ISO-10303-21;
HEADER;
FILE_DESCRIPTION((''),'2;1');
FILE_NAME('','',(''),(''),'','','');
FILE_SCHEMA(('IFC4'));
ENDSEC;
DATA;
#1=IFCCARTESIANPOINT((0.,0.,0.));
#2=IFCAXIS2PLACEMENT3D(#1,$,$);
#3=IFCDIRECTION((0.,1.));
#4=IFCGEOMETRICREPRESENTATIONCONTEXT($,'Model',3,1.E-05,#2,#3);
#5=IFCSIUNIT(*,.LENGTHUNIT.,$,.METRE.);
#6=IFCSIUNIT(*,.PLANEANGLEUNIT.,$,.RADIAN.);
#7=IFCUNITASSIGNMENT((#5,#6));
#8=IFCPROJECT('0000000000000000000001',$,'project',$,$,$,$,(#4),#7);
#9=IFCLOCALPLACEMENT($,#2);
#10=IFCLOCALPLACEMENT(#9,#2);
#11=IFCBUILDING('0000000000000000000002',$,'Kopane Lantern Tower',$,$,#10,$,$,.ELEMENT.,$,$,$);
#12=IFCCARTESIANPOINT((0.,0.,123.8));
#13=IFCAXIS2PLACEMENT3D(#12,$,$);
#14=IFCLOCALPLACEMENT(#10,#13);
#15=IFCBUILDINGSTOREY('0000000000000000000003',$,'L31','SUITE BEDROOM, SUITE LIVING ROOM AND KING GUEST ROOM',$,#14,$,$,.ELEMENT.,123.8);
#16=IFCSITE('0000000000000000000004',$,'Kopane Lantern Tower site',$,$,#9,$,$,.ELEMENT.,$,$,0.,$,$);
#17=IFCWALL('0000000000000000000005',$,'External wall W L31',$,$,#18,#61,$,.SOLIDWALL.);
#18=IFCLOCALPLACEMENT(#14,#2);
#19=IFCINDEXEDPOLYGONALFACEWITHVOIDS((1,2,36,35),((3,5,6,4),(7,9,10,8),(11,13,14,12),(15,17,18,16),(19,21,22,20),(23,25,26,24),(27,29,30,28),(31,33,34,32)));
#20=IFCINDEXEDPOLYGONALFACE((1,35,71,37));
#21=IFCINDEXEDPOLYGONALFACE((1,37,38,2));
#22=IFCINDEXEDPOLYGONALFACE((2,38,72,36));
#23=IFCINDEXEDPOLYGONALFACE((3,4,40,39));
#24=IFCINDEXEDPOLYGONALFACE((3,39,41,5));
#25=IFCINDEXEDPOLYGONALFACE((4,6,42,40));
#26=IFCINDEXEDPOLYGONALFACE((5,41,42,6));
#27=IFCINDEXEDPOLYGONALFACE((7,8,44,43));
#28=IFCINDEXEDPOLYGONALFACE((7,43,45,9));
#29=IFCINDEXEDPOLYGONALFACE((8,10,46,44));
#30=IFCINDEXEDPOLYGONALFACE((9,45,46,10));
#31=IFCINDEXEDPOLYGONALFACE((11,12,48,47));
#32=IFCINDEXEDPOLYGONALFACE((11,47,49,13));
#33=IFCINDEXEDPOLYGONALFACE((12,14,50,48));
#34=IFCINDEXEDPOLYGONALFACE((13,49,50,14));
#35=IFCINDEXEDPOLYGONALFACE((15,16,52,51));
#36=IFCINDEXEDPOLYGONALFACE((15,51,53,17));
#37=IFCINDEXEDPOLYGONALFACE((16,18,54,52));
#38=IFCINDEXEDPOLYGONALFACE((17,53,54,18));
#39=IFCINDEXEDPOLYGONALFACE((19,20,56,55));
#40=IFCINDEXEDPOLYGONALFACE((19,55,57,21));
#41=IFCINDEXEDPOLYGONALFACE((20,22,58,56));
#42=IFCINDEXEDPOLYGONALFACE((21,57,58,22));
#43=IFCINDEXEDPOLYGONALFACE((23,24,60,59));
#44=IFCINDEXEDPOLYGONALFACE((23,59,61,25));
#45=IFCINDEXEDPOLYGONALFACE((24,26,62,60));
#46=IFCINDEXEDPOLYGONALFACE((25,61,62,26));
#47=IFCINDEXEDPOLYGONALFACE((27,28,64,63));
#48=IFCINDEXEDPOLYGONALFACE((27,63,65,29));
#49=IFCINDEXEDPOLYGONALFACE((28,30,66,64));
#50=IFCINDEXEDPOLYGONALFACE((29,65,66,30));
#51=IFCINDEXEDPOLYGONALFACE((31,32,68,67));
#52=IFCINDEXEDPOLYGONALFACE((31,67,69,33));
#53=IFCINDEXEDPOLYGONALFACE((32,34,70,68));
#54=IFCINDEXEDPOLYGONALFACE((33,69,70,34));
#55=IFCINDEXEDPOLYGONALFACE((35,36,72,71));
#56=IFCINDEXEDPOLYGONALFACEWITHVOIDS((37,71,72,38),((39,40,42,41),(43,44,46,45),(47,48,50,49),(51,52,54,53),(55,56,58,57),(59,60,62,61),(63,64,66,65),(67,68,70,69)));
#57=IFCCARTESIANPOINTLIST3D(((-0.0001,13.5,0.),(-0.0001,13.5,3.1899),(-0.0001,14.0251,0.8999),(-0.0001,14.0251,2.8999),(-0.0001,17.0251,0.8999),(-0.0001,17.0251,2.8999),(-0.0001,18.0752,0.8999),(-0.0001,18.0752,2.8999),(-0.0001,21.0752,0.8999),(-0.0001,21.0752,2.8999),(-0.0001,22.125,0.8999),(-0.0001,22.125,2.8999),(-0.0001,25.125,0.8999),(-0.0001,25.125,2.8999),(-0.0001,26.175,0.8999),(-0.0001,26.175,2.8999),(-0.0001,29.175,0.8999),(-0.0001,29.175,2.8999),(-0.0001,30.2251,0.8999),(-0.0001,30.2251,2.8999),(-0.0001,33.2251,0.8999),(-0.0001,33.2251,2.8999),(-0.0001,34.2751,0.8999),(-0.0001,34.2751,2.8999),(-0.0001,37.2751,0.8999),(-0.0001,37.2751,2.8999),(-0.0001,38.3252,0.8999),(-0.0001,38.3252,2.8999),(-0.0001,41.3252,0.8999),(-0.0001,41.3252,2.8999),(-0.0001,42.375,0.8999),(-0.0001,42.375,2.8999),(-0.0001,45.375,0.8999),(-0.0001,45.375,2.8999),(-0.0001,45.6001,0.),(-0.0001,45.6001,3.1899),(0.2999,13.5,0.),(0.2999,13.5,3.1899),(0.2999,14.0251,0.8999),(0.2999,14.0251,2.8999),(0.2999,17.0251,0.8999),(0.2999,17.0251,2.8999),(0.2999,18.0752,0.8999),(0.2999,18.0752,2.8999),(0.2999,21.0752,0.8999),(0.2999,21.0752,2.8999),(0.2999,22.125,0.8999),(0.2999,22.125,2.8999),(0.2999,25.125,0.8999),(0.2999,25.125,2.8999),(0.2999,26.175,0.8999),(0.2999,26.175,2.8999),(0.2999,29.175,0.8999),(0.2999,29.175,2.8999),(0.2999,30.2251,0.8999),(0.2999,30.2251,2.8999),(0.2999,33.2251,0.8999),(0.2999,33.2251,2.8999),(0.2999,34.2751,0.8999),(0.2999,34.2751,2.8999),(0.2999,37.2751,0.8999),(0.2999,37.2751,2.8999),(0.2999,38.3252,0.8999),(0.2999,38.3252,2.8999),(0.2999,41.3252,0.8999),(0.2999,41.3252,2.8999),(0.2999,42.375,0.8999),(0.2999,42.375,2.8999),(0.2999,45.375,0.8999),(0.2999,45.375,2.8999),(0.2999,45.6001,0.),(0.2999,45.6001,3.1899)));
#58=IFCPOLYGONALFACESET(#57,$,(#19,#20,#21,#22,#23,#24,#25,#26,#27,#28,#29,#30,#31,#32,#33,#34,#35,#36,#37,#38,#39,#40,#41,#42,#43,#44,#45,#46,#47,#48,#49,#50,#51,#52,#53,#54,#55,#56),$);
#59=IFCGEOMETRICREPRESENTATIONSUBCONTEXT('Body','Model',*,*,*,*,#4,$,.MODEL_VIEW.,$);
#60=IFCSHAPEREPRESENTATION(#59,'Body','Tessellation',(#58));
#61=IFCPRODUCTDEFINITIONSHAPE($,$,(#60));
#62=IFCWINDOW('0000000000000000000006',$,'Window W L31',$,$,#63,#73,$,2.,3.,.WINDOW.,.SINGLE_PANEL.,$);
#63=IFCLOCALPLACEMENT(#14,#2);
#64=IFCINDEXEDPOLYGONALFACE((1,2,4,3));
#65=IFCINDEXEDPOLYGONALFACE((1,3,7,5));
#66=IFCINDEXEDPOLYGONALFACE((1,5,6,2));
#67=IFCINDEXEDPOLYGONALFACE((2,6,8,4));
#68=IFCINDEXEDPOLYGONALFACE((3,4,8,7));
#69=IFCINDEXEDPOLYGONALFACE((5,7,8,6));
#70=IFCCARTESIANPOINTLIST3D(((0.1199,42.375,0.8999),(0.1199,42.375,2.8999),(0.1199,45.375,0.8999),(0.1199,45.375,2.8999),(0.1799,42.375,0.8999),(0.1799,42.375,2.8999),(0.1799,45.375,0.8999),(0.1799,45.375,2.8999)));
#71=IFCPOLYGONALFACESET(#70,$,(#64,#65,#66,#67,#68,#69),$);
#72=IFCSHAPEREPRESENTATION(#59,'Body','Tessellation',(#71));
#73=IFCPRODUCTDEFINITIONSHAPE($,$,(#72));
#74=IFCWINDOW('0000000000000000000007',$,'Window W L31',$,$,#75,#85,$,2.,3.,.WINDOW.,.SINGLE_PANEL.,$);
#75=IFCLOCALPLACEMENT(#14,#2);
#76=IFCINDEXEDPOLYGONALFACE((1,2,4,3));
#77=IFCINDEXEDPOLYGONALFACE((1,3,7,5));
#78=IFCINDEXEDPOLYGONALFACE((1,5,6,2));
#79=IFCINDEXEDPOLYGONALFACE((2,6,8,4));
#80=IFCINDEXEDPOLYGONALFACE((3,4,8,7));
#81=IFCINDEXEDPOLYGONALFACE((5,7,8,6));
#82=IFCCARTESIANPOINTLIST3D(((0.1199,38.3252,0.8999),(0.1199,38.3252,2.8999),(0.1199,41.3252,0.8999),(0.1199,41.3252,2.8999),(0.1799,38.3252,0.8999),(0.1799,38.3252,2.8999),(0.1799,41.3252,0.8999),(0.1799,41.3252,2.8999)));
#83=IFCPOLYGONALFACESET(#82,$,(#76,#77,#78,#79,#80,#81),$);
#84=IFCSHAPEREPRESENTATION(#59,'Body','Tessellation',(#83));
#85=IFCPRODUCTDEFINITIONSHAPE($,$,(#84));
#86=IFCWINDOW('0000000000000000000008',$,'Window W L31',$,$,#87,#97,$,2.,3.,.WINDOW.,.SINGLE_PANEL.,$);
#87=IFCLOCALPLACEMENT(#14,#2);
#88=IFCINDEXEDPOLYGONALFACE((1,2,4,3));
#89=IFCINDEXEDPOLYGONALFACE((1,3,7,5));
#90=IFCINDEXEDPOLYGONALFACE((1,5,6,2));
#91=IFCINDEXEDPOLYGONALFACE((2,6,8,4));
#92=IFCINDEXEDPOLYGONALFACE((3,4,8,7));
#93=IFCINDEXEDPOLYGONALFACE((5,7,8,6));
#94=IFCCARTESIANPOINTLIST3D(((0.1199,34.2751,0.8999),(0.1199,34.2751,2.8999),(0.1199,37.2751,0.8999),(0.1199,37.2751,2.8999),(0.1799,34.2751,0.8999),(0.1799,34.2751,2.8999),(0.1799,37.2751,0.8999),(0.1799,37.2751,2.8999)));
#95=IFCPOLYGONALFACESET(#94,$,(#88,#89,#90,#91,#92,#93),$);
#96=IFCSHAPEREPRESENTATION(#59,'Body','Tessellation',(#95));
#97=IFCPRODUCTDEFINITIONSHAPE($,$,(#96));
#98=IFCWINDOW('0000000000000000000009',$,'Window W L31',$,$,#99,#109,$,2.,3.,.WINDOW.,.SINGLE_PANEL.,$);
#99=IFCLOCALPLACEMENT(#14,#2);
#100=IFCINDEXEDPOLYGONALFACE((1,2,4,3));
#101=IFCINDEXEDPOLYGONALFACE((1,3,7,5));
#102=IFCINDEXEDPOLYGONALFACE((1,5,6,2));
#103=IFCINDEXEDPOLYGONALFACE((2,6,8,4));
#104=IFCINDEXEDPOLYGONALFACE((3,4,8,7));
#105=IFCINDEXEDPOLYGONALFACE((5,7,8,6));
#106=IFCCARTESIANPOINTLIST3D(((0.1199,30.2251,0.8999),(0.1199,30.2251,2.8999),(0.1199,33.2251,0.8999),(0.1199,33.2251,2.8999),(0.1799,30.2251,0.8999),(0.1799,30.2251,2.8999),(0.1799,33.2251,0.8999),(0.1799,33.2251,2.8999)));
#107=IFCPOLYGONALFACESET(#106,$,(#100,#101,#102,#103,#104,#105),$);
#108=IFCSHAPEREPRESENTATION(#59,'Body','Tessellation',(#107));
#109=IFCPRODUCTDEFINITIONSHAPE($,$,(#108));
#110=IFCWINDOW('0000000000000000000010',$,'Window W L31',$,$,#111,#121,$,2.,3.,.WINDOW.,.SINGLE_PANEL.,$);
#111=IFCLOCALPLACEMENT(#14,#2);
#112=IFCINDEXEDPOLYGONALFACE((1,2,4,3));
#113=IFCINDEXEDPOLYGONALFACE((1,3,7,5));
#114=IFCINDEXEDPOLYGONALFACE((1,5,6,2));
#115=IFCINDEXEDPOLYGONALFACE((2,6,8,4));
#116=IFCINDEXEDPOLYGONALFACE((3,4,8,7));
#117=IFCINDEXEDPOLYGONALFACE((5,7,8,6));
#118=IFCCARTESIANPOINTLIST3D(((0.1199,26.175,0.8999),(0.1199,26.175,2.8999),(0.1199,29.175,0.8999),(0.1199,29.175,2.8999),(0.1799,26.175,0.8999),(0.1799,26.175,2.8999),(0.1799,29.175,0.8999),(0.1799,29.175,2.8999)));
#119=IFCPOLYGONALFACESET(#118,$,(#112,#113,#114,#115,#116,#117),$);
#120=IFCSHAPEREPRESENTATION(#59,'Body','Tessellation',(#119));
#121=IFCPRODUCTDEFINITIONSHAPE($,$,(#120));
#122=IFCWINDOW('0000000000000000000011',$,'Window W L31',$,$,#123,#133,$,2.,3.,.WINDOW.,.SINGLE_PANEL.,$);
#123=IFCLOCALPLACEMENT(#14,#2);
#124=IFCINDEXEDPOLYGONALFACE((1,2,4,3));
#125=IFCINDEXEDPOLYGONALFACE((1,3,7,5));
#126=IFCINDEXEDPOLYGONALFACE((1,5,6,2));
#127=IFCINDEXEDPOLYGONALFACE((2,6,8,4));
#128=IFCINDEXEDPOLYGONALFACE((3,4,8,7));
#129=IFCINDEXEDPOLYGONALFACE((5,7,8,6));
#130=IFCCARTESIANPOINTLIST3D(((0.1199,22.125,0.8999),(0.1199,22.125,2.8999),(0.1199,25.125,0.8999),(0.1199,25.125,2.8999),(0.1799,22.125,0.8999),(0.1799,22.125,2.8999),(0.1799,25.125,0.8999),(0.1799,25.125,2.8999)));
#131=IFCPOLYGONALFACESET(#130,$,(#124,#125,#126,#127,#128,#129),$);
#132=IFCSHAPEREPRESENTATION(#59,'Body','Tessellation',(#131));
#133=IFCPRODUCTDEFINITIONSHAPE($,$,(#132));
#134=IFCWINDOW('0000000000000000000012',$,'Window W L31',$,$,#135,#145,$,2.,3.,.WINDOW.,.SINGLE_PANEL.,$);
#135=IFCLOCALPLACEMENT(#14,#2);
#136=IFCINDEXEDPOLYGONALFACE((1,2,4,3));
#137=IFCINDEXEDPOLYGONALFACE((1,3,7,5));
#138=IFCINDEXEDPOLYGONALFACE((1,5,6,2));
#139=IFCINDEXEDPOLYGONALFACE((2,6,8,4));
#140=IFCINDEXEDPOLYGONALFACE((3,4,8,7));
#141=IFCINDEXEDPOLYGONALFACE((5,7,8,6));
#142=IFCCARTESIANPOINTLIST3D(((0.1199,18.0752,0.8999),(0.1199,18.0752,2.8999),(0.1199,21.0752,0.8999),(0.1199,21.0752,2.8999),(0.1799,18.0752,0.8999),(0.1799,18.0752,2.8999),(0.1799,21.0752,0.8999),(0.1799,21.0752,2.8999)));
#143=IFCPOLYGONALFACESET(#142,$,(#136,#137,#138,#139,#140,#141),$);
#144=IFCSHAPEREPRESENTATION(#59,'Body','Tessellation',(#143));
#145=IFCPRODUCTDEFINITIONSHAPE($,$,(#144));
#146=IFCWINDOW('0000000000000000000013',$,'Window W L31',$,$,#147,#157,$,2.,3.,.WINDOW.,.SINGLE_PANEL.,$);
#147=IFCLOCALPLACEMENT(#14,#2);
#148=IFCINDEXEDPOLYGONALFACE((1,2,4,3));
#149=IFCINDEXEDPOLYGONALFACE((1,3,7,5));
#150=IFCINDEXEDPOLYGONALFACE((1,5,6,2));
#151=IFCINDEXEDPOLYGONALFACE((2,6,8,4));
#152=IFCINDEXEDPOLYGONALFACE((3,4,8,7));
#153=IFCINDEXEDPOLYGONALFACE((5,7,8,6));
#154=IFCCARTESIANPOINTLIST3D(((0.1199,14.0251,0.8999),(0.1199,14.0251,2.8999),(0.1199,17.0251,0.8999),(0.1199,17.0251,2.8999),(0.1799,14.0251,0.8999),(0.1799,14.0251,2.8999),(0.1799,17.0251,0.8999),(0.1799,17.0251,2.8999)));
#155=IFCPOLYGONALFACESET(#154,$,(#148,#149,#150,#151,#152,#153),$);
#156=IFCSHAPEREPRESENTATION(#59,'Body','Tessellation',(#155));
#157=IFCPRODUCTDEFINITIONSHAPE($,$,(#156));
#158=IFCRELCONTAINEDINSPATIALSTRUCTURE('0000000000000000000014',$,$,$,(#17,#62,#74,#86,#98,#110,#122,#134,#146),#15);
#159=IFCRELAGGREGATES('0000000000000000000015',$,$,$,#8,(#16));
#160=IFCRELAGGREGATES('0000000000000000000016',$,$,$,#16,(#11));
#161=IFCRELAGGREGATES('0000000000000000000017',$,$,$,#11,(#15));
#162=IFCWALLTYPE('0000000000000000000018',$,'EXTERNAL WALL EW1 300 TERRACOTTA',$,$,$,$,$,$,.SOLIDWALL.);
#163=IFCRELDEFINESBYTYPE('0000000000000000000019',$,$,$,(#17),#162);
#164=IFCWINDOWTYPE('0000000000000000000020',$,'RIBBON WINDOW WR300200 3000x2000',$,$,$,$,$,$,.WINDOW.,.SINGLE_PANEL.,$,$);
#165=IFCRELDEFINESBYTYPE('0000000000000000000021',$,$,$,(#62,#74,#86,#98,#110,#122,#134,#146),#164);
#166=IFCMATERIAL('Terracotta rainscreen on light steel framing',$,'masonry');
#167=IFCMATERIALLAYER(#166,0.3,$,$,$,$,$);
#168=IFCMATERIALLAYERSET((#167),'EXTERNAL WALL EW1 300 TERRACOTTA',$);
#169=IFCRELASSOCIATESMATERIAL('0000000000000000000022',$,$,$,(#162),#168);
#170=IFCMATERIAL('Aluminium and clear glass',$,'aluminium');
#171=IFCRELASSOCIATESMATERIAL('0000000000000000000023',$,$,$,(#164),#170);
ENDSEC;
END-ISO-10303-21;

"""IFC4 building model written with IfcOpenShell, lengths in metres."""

from ifc_helpers import new_model, si_unit, direction, frame, frame_2d, origin, place, context, subcontext, project, spatial, rectangle, extrude, material, layer, layer_set, type_object, element, fill, save


model = new_model("IFC4")

# Units and contexts
model_context = context("Model", 3, precision=1e-05, world=origin(), true_north=direction((0.0, 1.0)))
body_context = subcontext(model_context, "Body", "Model", "MODEL_VIEW")
ifc_project = project(units=[si_unit("LENGTHUNIT", "METRE"), si_unit("PLANEANGLEUNIT", "RADIAN")], contexts=[model_context])

# Site, building, storey
site_placement = place(None, origin())
site = spatial("IfcSite", under=ifc_project, at=site_placement, Name="Kopane Lantern Tower site", CompositionType="ELEMENT", RefElevation=0.0)
building_placement = place(site_placement, origin())
building = spatial("IfcBuilding", under=site, at=building_placement, Name="Kopane Lantern Tower", CompositionType="ELEMENT")
storey_placement = place(building_placement, frame((0.0, 0.0, 123.8)))
storey = spatial("IfcBuildingStorey", under=building, at=storey_placement, Name="L31", Description="SUITE BEDROOM, SUITE LIVING ROOM AND KING GUEST ROOM", CompositionType="ELEMENT", Elevation=123.8)

# Shared definitions
ifc_material_1 = material(Name="Terracotta rainscreen on light steel framing", Category="masonry")
ifc_layer_1 = layer(ifc_material_1, 0.3)
ifc_layer_set_1 = layer_set([ifc_layer_1], Name="EXTERNAL WALL EW1 300 TERRACOTTA")
wall_type_1 = type_object("IfcWallType", Name="EXTERNAL WALL EW1 300 TERRACOTTA", PredefinedType="SOLIDWALL", material=ifc_layer_set_1)

# Wall, openings, windows
wall_1_placement = place(storey_placement, frame((0.1499, 45.6001, 0.0), z_axis=(0.0, 0.0, 1.0), x_axis=(0.0, -1.0, 0.0)))
wall_1 = element("IfcWall", 1, at=wall_1_placement, inside=storey, type_object=wall_type_1, Name="External wall W L31", PredefinedType="SOLIDWALL", context=body_context, shape_type="SweptSolid", body=[
    extrude(rectangle(XDim=32.1001, YDim=0.3, at=frame_2d((16.05, 0.0))), origin(), (0.0, 0.0, 1.0), 3.1899),
])
opening_1_placement = place(wall_1_placement, frame((0.2251, 0.0, 0.8999)))
opening_1 = element("IfcOpeningElement", 2, at=opening_1_placement, cuts=wall_1, PredefinedType="OPENING", context=body_context, shape_type="SweptSolid", body=[
    extrude(rectangle(XDim=3.0, YDim=2.0, at=frame_2d((1.5, 1.0))), frame((0.0, 0.1599, 0.0), z_axis=(0.0, -1.0, 0.0), x_axis=(1.0, 0.0, 0.0)), (0.0, 0.0, 1.0), 0.3201),
])
opening_2_placement = place(wall_1_placement, frame((4.2749, 0.0, 0.8999)))
opening_2 = element("IfcOpeningElement", 3, at=opening_2_placement, cuts=wall_1, PredefinedType="OPENING", context=body_context, shape_type="SweptSolid", body=[
    extrude(rectangle(XDim=3.0, YDim=2.0, at=frame_2d((1.5, 1.0))), frame((0.0, 0.1599, 0.0), z_axis=(0.0, -1.0, 0.0), x_axis=(1.0, 0.0, 0.0)), (0.0, 0.0, 1.0), 0.3201),
])
opening_3_placement = place(wall_1_placement, frame((8.325, 0.0, 0.8999)))
opening_3 = element("IfcOpeningElement", 4, at=opening_3_placement, cuts=wall_1, PredefinedType="OPENING", context=body_context, shape_type="SweptSolid", body=[
    extrude(rectangle(XDim=3.0, YDim=2.0, at=frame_2d((1.5, 1.0))), frame((0.0, 0.1599, 0.0), z_axis=(0.0, -1.0, 0.0), x_axis=(1.0, 0.0, 0.0)), (0.0, 0.0, 1.0), 0.3201),
])
opening_4_placement = place(wall_1_placement, frame((12.375, 0.0, 0.8999)))
opening_4 = element("IfcOpeningElement", 5, at=opening_4_placement, cuts=wall_1, PredefinedType="OPENING", context=body_context, shape_type="SweptSolid", body=[
    extrude(rectangle(XDim=3.0, YDim=2.0, at=frame_2d((1.5, 1.0))), frame((0.0, 0.1599, 0.0), z_axis=(0.0, -1.0, 0.0), x_axis=(1.0, 0.0, 0.0)), (0.0, 0.0, 1.0), 0.3201),
])
opening_5_placement = place(wall_1_placement, frame((16.425, 0.0, 0.8999)))
opening_5 = element("IfcOpeningElement", 6, at=opening_5_placement, cuts=wall_1, PredefinedType="OPENING", context=body_context, shape_type="SweptSolid", body=[
    extrude(rectangle(XDim=3.0, YDim=2.0, at=frame_2d((1.5, 1.0))), frame((0.0, 0.1599, 0.0), z_axis=(0.0, -1.0, 0.0), x_axis=(1.0, 0.0, 0.0)), (0.0, 0.0, 1.0), 0.3201),
])
opening_6_placement = place(wall_1_placement, frame((20.4751, 0.0, 0.8999)))
opening_6 = element("IfcOpeningElement", 7, at=opening_6_placement, cuts=wall_1, PredefinedType="OPENING", context=body_context, shape_type="SweptSolid", body=[
    extrude(rectangle(XDim=3.0, YDim=2.0, at=frame_2d((1.5, 1.0))), frame((0.0, 0.1599, 0.0), z_axis=(0.0, -1.0, 0.0), x_axis=(1.0, 0.0, 0.0)), (0.0, 0.0, 1.0), 0.3201),
])
opening_7_placement = place(wall_1_placement, frame((24.5249, 0.0, 0.8999)))
opening_7 = element("IfcOpeningElement", 8, at=opening_7_placement, cuts=wall_1, PredefinedType="OPENING", context=body_context, shape_type="SweptSolid", body=[
    extrude(rectangle(XDim=3.0, YDim=2.0, at=frame_2d((1.5, 1.0))), frame((0.0, 0.1599, 0.0), z_axis=(0.0, -1.0, 0.0), x_axis=(1.0, 0.0, 0.0)), (0.0, 0.0, 1.0), 0.3201),
])
opening_8_placement = place(wall_1_placement, frame((28.575, 0.0, 0.8999)))
opening_8 = element("IfcOpeningElement", 9, at=opening_8_placement, cuts=wall_1, PredefinedType="OPENING", context=body_context, shape_type="SweptSolid", body=[
    extrude(rectangle(XDim=3.0, YDim=2.0, at=frame_2d((1.5, 1.0))), frame((0.0, 0.1599, 0.0), z_axis=(0.0, -1.0, 0.0), x_axis=(1.0, 0.0, 0.0)), (0.0, 0.0, 1.0), 0.3201),
])
ifc_material_2 = material(Name="Aluminium and clear glass", Category="aluminium")
window_type_1 = type_object("IfcWindowType", Name="RIBBON WINDOW WR300200 3000x2000", PartitioningType="SINGLE_PANEL", PredefinedType="WINDOW", material=ifc_material_2)
window_1_placement = place(opening_1_placement, origin())
window_1 = element("IfcWindow", 10, at=window_1_placement, inside=storey, type_object=window_type_1, Name="Window W L31", OverallHeight=2.0, OverallWidth=3.0, PartitioningType="SINGLE_PANEL", PredefinedType="WINDOW", context=body_context, shape_type="SweptSolid", body=[
    extrude(rectangle(XDim=3.0, YDim=2.0, at=frame_2d((1.5, 1.0))), frame((0.0, 0.03, 0.0), z_axis=(0.0, -1.0, 0.0), x_axis=(1.0, 0.0, 0.0)), (0.0, 0.0, 1.0), 0.0601),
])
fill(opening_1, window_1)
window_2_placement = place(opening_2_placement, origin())
window_2 = element("IfcWindow", 11, at=window_2_placement, inside=storey, type_object=window_type_1, Name="Window W L31", OverallHeight=2.0, OverallWidth=3.0, PartitioningType="SINGLE_PANEL", PredefinedType="WINDOW", context=body_context, shape_type="SweptSolid", body=[
    extrude(rectangle(XDim=3.0, YDim=2.0, at=frame_2d((1.5, 1.0))), frame((0.0, 0.03, 0.0), z_axis=(0.0, -1.0, 0.0), x_axis=(1.0, 0.0, 0.0)), (0.0, 0.0, 1.0), 0.0601),
])
fill(opening_2, window_2)
window_3_placement = place(opening_3_placement, origin())
window_3 = element("IfcWindow", 12, at=window_3_placement, inside=storey, type_object=window_type_1, Name="Window W L31", OverallHeight=2.0, OverallWidth=3.0, PartitioningType="SINGLE_PANEL", PredefinedType="WINDOW", context=body_context, shape_type="SweptSolid", body=[
    extrude(rectangle(XDim=3.0, YDim=2.0, at=frame_2d((1.5, 1.0))), frame((0.0, 0.03, 0.0), z_axis=(0.0, -1.0, 0.0), x_axis=(1.0, 0.0, 0.0)), (0.0, 0.0, 1.0), 0.0601),
])
fill(opening_3, window_3)
window_4_placement = place(opening_4_placement, origin())
window_4 = element("IfcWindow", 13, at=window_4_placement, inside=storey, type_object=window_type_1, Name="Window W L31", OverallHeight=2.0, OverallWidth=3.0, PartitioningType="SINGLE_PANEL", PredefinedType="WINDOW", context=body_context, shape_type="SweptSolid", body=[
    extrude(rectangle(XDim=3.0, YDim=2.0, at=frame_2d((1.5, 1.0))), frame((0.0, 0.03, 0.0), z_axis=(0.0, -1.0, 0.0), x_axis=(1.0, 0.0, 0.0)), (0.0, 0.0, 1.0), 0.0601),
])
fill(opening_4, window_4)
window_5_placement = place(opening_5_placement, origin())
window_5 = element("IfcWindow", 14, at=window_5_placement, inside=storey, type_object=window_type_1, Name="Window W L31", OverallHeight=2.0, OverallWidth=3.0, PartitioningType="SINGLE_PANEL", PredefinedType="WINDOW", context=body_context, shape_type="SweptSolid", body=[
    extrude(rectangle(XDim=3.0, YDim=2.0, at=frame_2d((1.5, 1.0))), frame((0.0, 0.03, 0.0), z_axis=(0.0, -1.0, 0.0), x_axis=(1.0, 0.0, 0.0)), (0.0, 0.0, 1.0), 0.0601),
])
fill(opening_5, window_5)
window_6_placement = place(opening_6_placement, origin())
window_6 = element("IfcWindow", 15, at=window_6_placement, inside=storey, type_object=window_type_1, Name="Window W L31", OverallHeight=2.0, OverallWidth=3.0, PartitioningType="SINGLE_PANEL", PredefinedType="WINDOW", context=body_context, shape_type="SweptSolid", body=[
    extrude(rectangle(XDim=3.0, YDim=2.0, at=frame_2d((1.5, 1.0))), frame((0.0, 0.03, 0.0), z_axis=(0.0, -1.0, 0.0), x_axis=(1.0, 0.0, 0.0)), (0.0, 0.0, 1.0), 0.0601),
])
fill(opening_6, window_6)
window_7_placement = place(opening_7_placement, origin())
window_7 = element("IfcWindow", 16, at=window_7_placement, inside=storey, type_object=window_type_1, Name="Window W L31", OverallHeight=2.0, OverallWidth=3.0, PartitioningType="SINGLE_PANEL", PredefinedType="WINDOW", context=body_context, shape_type="SweptSolid", body=[
    extrude(rectangle(XDim=3.0, YDim=2.0, at=frame_2d((1.5, 1.0))), frame((0.0, 0.03, 0.0), z_axis=(0.0, -1.0, 0.0), x_axis=(1.0, 0.0, 0.0)), (0.0, 0.0, 1.0), 0.0601),
])
fill(opening_7, window_7)
window_8_placement = place(opening_8_placement, origin())
window_8 = element("IfcWindow", 17, at=window_8_placement, inside=storey, type_object=window_type_1, Name="Window W L31", OverallHeight=2.0, OverallWidth=3.0, PartitioningType="SINGLE_PANEL", PredefinedType="WINDOW", context=body_context, shape_type="SweptSolid", body=[
    extrude(rectangle(XDim=3.0, YDim=2.0, at=frame_2d((1.5, 1.0))), frame((0.0, 0.03, 0.0), z_axis=(0.0, -1.0, 0.0), x_axis=(1.0, 0.0, 0.0)), (0.0, 0.0, 1.0), 0.0601),
])
fill(opening_8, window_8)

save(model, "model.ifc")
